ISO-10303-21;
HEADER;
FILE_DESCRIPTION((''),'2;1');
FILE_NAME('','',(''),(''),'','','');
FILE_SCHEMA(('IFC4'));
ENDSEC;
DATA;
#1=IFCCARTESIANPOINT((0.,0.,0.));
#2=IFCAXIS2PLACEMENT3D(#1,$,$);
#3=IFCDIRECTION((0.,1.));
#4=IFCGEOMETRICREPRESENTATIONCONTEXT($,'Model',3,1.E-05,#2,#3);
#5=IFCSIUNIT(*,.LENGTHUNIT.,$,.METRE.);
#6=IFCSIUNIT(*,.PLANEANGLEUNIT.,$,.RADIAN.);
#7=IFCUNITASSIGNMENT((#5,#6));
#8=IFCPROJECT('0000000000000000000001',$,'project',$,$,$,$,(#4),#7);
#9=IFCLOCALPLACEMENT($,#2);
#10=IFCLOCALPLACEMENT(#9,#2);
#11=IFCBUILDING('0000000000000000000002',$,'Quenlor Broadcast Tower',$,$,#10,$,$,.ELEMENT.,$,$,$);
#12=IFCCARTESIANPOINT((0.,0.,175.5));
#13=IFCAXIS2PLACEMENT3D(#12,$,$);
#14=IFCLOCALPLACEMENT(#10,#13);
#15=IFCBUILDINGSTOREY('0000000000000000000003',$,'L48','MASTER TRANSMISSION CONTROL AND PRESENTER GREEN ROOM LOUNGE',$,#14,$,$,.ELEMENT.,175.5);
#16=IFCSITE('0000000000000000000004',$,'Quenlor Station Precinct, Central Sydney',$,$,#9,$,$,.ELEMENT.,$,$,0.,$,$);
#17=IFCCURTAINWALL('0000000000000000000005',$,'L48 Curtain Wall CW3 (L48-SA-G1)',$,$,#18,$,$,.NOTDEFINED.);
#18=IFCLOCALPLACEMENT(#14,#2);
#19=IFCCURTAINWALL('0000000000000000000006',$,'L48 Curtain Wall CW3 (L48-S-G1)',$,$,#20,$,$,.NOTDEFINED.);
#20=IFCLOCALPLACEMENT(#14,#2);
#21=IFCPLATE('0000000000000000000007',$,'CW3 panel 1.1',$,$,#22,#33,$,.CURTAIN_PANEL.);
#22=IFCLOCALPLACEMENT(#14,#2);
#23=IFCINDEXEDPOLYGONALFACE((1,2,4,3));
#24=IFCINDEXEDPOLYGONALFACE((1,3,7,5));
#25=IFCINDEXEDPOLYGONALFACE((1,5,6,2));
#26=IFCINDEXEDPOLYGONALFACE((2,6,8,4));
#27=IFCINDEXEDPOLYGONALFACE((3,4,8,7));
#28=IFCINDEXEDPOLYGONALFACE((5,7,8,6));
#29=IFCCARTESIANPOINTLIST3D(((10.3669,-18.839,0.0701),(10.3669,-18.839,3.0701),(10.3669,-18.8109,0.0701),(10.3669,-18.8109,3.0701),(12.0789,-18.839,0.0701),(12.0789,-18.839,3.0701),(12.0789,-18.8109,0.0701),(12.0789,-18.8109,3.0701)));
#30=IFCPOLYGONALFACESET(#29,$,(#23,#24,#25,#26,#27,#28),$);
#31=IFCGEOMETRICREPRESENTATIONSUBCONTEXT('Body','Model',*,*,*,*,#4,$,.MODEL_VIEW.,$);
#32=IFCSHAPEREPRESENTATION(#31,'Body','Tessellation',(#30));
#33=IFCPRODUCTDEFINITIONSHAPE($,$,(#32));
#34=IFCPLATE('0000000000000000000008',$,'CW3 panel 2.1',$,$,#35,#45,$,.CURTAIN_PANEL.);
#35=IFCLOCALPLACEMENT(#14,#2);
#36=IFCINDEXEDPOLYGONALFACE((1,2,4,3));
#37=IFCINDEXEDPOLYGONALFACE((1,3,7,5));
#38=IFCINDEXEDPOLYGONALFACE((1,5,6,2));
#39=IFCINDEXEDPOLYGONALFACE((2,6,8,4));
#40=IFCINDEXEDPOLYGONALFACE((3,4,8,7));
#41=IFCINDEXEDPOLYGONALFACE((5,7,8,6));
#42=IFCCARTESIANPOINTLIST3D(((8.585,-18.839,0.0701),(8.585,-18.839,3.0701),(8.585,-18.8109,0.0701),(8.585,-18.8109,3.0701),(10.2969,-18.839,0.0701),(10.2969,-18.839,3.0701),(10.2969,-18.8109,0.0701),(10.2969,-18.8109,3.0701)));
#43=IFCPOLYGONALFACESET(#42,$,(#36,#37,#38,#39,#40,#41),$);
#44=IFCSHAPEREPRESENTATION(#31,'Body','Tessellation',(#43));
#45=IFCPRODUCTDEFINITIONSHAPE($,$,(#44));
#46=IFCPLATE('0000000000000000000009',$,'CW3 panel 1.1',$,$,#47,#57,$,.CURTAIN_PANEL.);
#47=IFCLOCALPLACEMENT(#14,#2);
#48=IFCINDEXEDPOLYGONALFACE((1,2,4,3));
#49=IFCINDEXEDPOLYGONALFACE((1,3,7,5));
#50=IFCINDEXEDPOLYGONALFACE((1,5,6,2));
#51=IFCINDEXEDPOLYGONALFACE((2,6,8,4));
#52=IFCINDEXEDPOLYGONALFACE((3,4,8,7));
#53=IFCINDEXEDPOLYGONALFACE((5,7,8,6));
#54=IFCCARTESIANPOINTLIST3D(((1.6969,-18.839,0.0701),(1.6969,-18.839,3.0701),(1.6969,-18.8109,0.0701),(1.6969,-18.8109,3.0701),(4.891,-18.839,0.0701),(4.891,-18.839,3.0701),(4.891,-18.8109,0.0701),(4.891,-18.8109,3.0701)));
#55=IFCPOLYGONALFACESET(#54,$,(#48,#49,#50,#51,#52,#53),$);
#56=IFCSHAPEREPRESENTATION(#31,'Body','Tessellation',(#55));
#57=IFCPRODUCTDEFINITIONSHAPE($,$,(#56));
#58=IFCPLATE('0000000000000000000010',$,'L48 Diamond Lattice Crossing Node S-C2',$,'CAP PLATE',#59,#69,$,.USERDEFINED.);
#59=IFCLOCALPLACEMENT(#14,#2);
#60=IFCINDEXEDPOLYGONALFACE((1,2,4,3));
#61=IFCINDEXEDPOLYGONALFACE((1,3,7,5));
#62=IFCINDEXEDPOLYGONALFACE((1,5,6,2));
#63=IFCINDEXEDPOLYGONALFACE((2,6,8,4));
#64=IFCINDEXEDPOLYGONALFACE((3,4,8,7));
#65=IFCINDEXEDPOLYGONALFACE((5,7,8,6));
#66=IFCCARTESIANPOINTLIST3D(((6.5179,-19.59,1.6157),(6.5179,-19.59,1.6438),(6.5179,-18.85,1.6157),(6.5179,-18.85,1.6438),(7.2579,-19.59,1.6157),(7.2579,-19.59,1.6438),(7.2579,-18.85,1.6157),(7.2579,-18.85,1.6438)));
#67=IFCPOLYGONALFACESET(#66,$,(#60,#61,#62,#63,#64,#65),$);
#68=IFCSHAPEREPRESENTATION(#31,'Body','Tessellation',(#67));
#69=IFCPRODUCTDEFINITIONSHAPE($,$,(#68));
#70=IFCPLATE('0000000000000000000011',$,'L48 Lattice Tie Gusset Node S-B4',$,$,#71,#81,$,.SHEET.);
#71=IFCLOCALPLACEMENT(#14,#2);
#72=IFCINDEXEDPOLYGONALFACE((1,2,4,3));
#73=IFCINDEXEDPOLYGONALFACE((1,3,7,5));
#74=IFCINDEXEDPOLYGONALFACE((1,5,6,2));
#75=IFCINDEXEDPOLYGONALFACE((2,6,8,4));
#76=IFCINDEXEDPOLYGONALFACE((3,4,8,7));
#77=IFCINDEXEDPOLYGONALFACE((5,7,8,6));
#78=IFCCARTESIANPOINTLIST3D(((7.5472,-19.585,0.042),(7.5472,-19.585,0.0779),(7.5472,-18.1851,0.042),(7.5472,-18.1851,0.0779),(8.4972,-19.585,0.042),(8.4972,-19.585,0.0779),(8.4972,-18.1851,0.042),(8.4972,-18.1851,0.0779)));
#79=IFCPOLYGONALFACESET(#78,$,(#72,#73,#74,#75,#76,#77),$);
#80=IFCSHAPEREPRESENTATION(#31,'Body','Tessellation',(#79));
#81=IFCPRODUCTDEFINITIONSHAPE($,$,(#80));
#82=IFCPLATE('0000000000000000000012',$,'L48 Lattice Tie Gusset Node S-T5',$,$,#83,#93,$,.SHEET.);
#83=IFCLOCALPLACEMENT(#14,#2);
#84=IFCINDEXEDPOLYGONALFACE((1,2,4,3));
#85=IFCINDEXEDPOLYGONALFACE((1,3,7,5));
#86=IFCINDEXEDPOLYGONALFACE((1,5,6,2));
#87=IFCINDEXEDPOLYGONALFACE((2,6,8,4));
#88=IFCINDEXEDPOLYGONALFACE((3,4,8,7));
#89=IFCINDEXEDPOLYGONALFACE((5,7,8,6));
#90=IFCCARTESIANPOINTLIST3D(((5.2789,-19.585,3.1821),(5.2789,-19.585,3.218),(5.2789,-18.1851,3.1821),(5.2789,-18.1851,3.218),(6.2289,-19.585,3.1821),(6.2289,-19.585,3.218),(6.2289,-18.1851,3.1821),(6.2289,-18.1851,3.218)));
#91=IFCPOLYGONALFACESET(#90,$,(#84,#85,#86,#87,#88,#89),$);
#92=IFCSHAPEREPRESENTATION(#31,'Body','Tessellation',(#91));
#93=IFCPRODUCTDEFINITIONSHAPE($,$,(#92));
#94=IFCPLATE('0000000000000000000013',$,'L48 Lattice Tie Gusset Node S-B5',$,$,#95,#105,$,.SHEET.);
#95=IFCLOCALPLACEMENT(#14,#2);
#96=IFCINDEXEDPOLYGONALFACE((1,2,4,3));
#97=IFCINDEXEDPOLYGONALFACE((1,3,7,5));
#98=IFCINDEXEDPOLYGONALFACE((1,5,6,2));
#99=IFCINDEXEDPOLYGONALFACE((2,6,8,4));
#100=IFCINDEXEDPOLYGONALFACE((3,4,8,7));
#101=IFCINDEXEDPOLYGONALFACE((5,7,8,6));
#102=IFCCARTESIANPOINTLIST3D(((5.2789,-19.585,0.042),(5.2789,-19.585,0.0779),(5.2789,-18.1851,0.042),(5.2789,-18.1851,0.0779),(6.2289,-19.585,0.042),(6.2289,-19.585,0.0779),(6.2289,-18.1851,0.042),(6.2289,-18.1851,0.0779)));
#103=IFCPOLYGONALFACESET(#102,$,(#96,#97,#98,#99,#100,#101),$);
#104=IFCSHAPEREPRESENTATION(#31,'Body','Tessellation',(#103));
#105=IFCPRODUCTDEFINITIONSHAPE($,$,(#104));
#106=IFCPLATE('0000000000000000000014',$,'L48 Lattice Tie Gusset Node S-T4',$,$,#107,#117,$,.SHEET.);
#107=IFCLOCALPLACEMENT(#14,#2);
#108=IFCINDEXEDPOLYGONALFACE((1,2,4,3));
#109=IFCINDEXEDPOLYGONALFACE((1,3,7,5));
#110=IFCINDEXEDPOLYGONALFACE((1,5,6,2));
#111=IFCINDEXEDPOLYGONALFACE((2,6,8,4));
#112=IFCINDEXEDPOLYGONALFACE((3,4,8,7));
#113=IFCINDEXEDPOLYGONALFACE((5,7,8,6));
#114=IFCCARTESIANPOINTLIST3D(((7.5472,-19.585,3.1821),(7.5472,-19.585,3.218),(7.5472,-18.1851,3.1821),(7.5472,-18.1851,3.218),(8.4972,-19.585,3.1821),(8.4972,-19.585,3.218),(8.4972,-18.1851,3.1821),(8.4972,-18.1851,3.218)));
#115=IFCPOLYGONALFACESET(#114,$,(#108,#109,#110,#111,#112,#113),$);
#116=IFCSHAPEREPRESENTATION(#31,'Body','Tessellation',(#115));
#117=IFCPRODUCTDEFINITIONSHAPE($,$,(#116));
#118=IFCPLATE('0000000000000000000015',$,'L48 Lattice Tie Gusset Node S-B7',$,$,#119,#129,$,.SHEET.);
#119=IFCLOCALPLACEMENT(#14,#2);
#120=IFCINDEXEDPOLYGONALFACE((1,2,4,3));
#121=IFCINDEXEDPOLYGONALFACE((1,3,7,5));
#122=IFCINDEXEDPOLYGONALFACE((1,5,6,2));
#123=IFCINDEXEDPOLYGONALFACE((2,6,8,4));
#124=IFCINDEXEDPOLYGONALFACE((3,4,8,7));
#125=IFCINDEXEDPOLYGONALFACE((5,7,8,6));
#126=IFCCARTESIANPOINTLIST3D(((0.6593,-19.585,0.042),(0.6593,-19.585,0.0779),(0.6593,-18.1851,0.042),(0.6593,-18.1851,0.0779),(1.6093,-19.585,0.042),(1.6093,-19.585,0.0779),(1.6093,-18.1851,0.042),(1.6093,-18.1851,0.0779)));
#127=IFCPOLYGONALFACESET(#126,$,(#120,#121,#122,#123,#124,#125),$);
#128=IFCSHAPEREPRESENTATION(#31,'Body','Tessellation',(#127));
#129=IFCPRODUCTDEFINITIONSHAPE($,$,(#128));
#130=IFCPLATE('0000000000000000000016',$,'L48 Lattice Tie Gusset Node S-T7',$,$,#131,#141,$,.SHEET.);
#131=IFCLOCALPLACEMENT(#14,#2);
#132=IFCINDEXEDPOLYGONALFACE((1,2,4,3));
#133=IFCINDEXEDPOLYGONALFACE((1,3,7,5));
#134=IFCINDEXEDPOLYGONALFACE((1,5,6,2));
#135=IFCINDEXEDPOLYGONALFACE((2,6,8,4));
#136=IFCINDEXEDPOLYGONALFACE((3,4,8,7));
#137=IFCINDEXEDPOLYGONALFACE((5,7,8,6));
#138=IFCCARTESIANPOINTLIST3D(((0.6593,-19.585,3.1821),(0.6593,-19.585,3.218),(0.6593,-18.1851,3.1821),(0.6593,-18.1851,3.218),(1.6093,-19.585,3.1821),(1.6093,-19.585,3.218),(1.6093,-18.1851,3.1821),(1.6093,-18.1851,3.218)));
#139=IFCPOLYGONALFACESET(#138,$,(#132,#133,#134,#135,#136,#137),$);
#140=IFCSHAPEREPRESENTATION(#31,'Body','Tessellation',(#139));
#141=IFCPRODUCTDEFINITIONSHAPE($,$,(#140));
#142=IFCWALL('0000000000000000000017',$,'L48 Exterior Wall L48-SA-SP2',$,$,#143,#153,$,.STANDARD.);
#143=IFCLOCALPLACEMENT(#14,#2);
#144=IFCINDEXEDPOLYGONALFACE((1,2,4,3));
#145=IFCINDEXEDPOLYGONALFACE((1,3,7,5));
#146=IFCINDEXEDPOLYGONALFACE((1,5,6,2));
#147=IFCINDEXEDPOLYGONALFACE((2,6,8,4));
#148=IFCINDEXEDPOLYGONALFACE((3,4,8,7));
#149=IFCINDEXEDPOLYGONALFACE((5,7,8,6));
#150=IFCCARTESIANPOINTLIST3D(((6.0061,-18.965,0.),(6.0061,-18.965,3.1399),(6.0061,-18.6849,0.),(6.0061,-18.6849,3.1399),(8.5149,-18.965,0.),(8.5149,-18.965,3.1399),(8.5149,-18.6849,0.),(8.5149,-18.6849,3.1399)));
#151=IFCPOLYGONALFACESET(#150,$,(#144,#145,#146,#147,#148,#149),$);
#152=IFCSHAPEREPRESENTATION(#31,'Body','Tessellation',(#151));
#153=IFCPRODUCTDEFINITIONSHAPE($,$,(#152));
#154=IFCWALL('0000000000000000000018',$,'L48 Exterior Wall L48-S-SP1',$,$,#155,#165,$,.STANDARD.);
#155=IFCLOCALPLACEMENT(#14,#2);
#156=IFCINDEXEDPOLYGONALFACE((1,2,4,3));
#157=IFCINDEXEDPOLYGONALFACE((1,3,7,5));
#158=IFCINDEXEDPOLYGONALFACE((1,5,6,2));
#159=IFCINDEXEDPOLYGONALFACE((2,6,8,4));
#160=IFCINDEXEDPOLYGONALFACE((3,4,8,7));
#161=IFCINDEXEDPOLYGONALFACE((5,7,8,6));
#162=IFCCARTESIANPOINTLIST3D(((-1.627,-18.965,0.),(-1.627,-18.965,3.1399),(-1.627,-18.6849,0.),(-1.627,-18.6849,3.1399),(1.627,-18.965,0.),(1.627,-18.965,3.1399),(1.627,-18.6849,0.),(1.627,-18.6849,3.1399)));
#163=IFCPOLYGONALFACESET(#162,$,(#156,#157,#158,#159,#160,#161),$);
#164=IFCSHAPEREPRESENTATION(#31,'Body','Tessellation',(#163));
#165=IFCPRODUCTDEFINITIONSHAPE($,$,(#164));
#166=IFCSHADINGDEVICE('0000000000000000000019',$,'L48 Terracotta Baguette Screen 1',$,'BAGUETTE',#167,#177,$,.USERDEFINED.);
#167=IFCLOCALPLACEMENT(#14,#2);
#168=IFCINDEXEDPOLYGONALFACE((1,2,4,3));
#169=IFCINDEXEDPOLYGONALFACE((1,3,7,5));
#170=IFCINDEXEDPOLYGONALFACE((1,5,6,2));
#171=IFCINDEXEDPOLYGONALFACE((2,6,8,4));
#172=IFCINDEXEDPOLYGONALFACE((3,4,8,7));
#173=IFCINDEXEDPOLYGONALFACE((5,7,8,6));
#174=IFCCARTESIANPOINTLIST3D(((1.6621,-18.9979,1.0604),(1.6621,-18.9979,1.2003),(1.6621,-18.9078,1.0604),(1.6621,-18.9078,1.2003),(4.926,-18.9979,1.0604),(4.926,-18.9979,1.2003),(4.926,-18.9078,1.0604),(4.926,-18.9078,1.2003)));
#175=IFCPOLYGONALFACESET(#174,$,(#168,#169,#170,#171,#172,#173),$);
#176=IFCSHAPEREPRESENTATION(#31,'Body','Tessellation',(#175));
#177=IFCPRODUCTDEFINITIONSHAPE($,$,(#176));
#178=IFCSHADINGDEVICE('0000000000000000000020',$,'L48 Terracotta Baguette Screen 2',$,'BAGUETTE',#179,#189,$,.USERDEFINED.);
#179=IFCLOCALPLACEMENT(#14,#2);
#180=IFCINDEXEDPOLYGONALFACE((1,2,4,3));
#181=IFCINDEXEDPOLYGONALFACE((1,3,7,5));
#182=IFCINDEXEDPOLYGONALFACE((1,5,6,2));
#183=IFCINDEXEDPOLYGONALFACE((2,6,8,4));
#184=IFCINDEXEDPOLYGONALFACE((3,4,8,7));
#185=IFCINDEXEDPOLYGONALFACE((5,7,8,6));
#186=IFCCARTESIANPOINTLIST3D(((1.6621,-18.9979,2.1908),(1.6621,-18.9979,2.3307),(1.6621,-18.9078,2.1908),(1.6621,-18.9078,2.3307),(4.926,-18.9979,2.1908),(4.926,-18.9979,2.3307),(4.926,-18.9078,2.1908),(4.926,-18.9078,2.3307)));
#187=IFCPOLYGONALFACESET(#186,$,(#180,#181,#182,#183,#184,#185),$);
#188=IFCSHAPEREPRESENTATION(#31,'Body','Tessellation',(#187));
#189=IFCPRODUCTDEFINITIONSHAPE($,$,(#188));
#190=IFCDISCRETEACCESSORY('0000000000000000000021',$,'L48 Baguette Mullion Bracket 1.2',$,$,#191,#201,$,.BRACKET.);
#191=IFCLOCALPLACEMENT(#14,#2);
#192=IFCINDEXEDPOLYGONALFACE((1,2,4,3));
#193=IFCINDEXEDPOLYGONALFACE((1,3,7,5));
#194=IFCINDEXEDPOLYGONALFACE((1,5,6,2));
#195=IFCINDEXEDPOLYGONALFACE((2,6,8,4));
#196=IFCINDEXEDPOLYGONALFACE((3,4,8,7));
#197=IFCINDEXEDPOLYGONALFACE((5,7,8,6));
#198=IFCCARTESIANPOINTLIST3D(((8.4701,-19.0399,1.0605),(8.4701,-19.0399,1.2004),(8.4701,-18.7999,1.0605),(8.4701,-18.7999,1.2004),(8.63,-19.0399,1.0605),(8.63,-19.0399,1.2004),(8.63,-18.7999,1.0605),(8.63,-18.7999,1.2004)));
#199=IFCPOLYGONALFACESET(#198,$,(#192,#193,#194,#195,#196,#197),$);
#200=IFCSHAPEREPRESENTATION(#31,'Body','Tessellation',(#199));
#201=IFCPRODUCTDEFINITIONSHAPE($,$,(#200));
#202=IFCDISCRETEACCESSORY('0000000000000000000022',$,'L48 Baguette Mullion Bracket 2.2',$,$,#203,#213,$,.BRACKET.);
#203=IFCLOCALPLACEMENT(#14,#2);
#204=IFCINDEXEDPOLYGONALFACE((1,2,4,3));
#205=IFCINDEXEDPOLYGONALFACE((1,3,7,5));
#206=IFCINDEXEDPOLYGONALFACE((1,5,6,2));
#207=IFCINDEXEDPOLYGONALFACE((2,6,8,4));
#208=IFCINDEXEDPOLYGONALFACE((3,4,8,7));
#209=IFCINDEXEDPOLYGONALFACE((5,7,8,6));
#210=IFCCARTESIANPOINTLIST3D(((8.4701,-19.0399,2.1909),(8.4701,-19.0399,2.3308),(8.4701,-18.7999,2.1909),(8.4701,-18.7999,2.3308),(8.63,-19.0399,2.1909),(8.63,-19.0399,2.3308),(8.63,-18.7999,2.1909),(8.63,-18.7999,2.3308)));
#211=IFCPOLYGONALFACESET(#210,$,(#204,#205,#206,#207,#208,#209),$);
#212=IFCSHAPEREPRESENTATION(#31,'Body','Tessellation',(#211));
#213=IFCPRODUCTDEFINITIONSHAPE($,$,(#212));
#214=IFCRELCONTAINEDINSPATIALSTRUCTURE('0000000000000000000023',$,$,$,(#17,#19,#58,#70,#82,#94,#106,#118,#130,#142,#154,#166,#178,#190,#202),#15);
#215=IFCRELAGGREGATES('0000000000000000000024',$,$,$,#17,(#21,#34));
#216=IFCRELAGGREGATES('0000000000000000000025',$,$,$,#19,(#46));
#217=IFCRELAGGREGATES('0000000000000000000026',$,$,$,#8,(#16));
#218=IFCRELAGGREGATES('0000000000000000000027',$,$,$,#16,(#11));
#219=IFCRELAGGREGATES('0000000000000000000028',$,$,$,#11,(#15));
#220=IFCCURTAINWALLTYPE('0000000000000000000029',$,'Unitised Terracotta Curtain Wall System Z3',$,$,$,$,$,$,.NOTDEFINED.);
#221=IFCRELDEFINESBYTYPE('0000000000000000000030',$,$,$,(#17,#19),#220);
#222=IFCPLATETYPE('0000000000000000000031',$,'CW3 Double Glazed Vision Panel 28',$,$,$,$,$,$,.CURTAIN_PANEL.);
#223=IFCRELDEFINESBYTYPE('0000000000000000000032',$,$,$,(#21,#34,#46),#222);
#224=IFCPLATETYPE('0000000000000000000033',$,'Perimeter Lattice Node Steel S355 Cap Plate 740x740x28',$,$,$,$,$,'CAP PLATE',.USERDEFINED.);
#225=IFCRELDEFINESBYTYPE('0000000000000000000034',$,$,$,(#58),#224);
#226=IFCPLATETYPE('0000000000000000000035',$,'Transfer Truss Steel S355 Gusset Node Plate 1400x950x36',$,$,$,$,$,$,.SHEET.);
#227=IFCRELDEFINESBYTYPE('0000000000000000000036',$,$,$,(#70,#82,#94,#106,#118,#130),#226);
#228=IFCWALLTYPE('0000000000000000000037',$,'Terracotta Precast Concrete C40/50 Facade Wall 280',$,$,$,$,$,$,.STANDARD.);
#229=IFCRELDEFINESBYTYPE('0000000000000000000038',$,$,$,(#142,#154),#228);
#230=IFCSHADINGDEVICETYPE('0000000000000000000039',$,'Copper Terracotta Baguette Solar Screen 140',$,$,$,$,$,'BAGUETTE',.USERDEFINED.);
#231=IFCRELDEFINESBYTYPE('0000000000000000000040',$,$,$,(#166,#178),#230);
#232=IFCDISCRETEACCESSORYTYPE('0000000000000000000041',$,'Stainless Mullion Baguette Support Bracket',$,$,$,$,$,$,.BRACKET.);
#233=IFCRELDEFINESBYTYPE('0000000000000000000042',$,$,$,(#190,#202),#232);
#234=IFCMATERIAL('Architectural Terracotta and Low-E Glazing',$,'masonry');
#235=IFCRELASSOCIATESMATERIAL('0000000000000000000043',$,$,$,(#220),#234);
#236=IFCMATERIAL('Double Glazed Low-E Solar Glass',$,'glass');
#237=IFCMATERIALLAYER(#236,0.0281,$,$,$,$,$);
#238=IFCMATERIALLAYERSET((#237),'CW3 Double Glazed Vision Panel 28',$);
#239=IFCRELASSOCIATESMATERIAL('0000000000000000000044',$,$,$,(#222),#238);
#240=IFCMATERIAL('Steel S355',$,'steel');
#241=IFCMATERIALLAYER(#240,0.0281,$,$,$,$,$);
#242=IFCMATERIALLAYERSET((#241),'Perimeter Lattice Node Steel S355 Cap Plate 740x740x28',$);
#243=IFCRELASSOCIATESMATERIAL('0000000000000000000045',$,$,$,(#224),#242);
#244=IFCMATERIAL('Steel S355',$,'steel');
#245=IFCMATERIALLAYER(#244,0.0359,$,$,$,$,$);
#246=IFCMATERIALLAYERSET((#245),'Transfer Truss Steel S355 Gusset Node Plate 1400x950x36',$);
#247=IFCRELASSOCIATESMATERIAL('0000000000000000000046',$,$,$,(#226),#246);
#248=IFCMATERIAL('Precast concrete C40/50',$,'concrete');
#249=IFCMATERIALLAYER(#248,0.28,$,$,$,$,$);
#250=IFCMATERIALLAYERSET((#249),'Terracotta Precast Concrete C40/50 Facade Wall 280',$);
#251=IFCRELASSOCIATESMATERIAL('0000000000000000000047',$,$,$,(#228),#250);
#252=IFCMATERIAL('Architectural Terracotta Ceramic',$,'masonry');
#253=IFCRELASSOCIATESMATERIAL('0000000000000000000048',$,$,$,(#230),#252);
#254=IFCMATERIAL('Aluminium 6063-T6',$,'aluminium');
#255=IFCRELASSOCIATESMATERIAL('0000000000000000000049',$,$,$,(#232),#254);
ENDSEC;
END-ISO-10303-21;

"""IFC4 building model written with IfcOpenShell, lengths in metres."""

from ifc_helpers import new_model, si_unit, direction, frame, frame_2d, origin, origin_2d, place, context, subcontext, project, spatial, rectangle, extrude, material, layer, layer_set, material_profile, profile_set, type_object, element, aggregate, save


model = new_model("IFC4")

# Units and contexts
model_context = context("Model", 3, precision=1e-05, world=origin(), true_north=direction((0.0, 1.0)))
body_context = subcontext(model_context, "Body", "Model", "MODEL_VIEW")
ifc_project = project(units=[si_unit("LENGTHUNIT", "METRE"), si_unit("PLANEANGLEUNIT", "RADIAN")], contexts=[model_context])

# Site, building, storey
site_placement = place(None, origin())
site = spatial("IfcSite", under=ifc_project, at=site_placement, Name="Quenlor Station Precinct, Central Sydney", CompositionType="ELEMENT", RefElevation=0.0)
building_placement = place(site_placement, origin())
building = spatial("IfcBuilding", under=site, at=building_placement, Name="Quenlor Broadcast Tower", CompositionType="ELEMENT")
storey_placement = place(building_placement, frame((0.0, 0.0, 175.5)))
storey = spatial("IfcBuildingStorey", under=building, at=storey_placement, Name="L48", Description="MASTER TRANSMISSION CONTROL AND PRESENTER GREEN ROOM LOUNGE", CompositionType="ELEMENT", Elevation=175.5)

# Curtain walls
ifc_material_1 = material(Name="Architectural Terracotta and Low-E Glazing", Category="masonry")
curtain_wall_type = type_object("IfcCurtainWallType", Name="Unitised Terracotta Curtain Wall System Z3", PredefinedType="NOTDEFINED", material=ifc_material_1)
curtain_wall_1_placement = place(storey_placement, origin())
curtain_wall_1 = element("IfcCurtainWall", 1, at=curtain_wall_1_placement, inside=storey, type_object=curtain_wall_type, Name="L48 Curtain Wall CW3 (L48-SA-G1)", PredefinedType="NOTDEFINED")
curtain_wall_2_placement = place(storey_placement, origin())
curtain_wall_2 = element("IfcCurtainWall", 2, at=curtain_wall_2_placement, inside=storey, type_object=curtain_wall_type, Name="L48 Curtain Wall CW3 (L48-S-G1)", PredefinedType="NOTDEFINED")

# Plates
ifc_material_2 = material(Name="Double Glazed Low-E Solar Glass", Category="glass")
ifc_layer_1 = layer(ifc_material_2, 0.0281)
ifc_layer_set_1 = layer_set([ifc_layer_1], Name="CW3 Double Glazed Vision Panel 28")
plate_type_1 = type_object("IfcPlateType", Name="CW3 Double Glazed Vision Panel 28", PredefinedType="CURTAIN_PANEL", material=ifc_layer_set_1)
plate_1_placement = place(storey_placement, frame((11.2229, -18.825, 0.0701), z_axis=(0.0, 0.0, 1.0), x_axis=(-1.0, 0.0, 0.0)))
plate_1 = element("IfcPlate", 3, at=plate_1_placement, type_object=plate_type_1, Name="CW3 panel 1.1", PredefinedType="CURTAIN_PANEL", context=body_context, shape_type="SweptSolid", body=[
    extrude(rectangle(XDim=1.7119, YDim=0.0281, at=origin_2d()), origin(), (0.0, 0.0, 1.0), 3.0),
])
plate_2_placement = place(storey_placement, frame((9.4409, -18.825, 0.0701), z_axis=(0.0, 0.0, 1.0), x_axis=(-1.0, 0.0, 0.0)))
plate_2 = element("IfcPlate", 4, at=plate_2_placement, type_object=plate_type_1, Name="CW3 panel 2.1", PredefinedType="CURTAIN_PANEL", context=body_context, shape_type="SweptSolid", body=[
    extrude(rectangle(XDim=1.7119, YDim=0.0281, at=origin_2d()), origin(), (0.0, 0.0, 1.0), 3.0),
])
aggregate(curtain_wall_1, [plate_1, plate_2])
plate_3_placement = place(storey_placement, frame((3.2939, -18.825, 0.0701), z_axis=(0.0, 0.0, 1.0), x_axis=(-1.0, 0.0, 0.0)))
plate_3 = element("IfcPlate", 5, at=plate_3_placement, type_object=plate_type_1, Name="CW3 panel 1.1", PredefinedType="CURTAIN_PANEL", context=body_context, shape_type="SweptSolid", body=[
    extrude(rectangle(XDim=3.1941, YDim=0.0281, at=origin_2d()), origin(), (0.0, 0.0, 1.0), 3.0),
])
aggregate(curtain_wall_2, [plate_3])

# Plates
ifc_material_3 = material(Name="Steel S355", Category="steel")
ifc_layer_2 = layer(ifc_material_3, 0.0281)
ifc_layer_set_2 = layer_set([ifc_layer_2], Name="Perimeter Lattice Node Steel S355 Cap Plate 740x740x28")
plate_type_2 = type_object("IfcPlateType", Name="Perimeter Lattice Node Steel S355 Cap Plate 740x740x28", ElementType="CAP PLATE", PredefinedType="USERDEFINED", material=ifc_layer_set_2)
plate_4_placement = place(storey_placement, frame((6.8879, -19.22, 1.6157), z_axis=(0.0, 0.0, 1.0), x_axis=(-1.0, 0.0, 0.0)))
element("IfcPlate", 6, at=plate_4_placement, inside=storey, type_object=plate_type_2, Name="L48 Diamond Lattice Crossing Node S-C2", ObjectType="CAP PLATE", PredefinedType="USERDEFINED", context=body_context, shape_type="SweptSolid", body=[
    extrude(rectangle(XDim=0.74, YDim=0.74, at=origin_2d()), origin(), (0.0, 0.0, 1.0), 0.0281),
])
ifc_material_4 = material(Name="Steel S355", Category="steel")
ifc_layer_3 = layer(ifc_material_4, 0.0359)
ifc_layer_set_3 = layer_set([ifc_layer_3], Name="Transfer Truss Steel S355 Gusset Node Plate 1400x950x36")
plate_type_3 = type_object("IfcPlateType", Name="Transfer Truss Steel S355 Gusset Node Plate 1400x950x36", PredefinedType="SHEET", material=ifc_layer_set_3)
for number, where, z_axis, x_axis, name in (
    (7, (8.0222, -18.885, 0.042), (0.0, 0.0, 1.0), (0.0, -1.0, 0.0), "L48 Lattice Tie Gusset Node S-B4"),
    (8, (5.7539, -18.885, 3.1821), (0.0, 0.0, 1.0), (0.0, -1.0, 0.0), "L48 Lattice Tie Gusset Node S-T5"),
    (9, (5.7539, -18.885, 0.042), (0.0, 0.0, 1.0), (0.0, -1.0, 0.0), "L48 Lattice Tie Gusset Node S-B5"),
    (10, (8.0222, -18.885, 3.1821), (0.0, 0.0, 1.0), (0.0, -1.0, 0.0), "L48 Lattice Tie Gusset Node S-T4"),
    (11, (1.1343, -18.885, 0.042), (0.0, 0.0, 1.0), (0.0, -1.0, 0.0), "L48 Lattice Tie Gusset Node S-B7"),
    (12, (1.1343, -18.885, 3.1821), (0.0, 0.0, 1.0), (0.0, -1.0, 0.0), "L48 Lattice Tie Gusset Node S-T7"),
):
    element("IfcPlate", number, at=place(storey_placement, frame(where, z_axis=z_axis, x_axis=x_axis)), inside=storey, type_object=plate_type_3, Name=name, PredefinedType="SHEET", context=body_context, shape_type="SweptSolid", body=[
        extrude(rectangle(XDim=1.3999, YDim=0.95, at=origin_2d()), origin(), (0.0, 0.0, 1.0), 0.0359),
    ])

# Walls
ifc_material_5 = material(Name="Precast concrete C40/50", Category="concrete")
ifc_layer_4 = layer(ifc_material_5, 0.28)
ifc_layer_set_4 = layer_set([ifc_layer_4], Name="Terracotta Precast Concrete C40/50 Facade Wall 280")
wall_type = type_object("IfcWallType", Name="Terracotta Precast Concrete C40/50 Facade Wall 280", PredefinedType="STANDARD", material=ifc_layer_set_4)
wall_1_placement = place(storey_placement, frame((8.5149, -18.825, 0.0), z_axis=(0.0, 0.0, 1.0), x_axis=(-1.0, 0.0, 0.0)))
element("IfcWall", 13, at=wall_1_placement, inside=storey, type_object=wall_type, Name="L48 Exterior Wall L48-SA-SP2", PredefinedType="STANDARD", context=body_context, shape_type="SweptSolid", body=[
    extrude(rectangle(XDim=2.5088, YDim=0.28, at=frame_2d((1.2544, 0.0))), origin(), (0.0, 0.0, 1.0), 3.1399),
])
wall_2_placement = place(storey_placement, frame((1.627, -18.825, 0.0), z_axis=(0.0, 0.0, 1.0), x_axis=(-1.0, 0.0, 0.0)))
element("IfcWall", 14, at=wall_2_placement, inside=storey, type_object=wall_type, Name="L48 Exterior Wall L48-S-SP1", PredefinedType="STANDARD", context=body_context, shape_type="SweptSolid", body=[
    extrude(rectangle(XDim=3.2539, YDim=0.28, at=frame_2d((1.627, 0.0))), origin(), (0.0, 0.0, 1.0), 3.1399),
])

# Shading devices
ifc_material_6 = material(Name="Architectural Terracotta Ceramic", Category="masonry")
ifc_material_profile_1 = material_profile(ifc_material_6, rectangle(XDim=0.0901, YDim=0.1399, at=origin_2d()))
ifc_profile_set_1 = profile_set([ifc_material_profile_1], Name="Architectural Terracotta Ceramic BAG90x140")
shading_device_type = type_object("IfcShadingDeviceType", Name="Copper Terracotta Baguette Solar Screen 140", ElementType="BAGUETTE", PredefinedType="USERDEFINED", material=ifc_profile_set_1)
for number, where, z_axis, x_axis, name in (
    (15, (4.926, -18.9529, 1.1304), (-1.0, 0.0, 0.0), (0.0, -1.0, 0.0), "L48 Terracotta Baguette Screen 1"),
    (16, (4.926, -18.9529, 2.2607), (-1.0, 0.0, 0.0), (0.0, -1.0, 0.0), "L48 Terracotta Baguette Screen 2"),
):
    element("IfcShadingDevice", number, at=place(storey_placement, frame(where, z_axis=z_axis, x_axis=x_axis)), inside=storey, type_object=shading_device_type, Name=name, ObjectType="BAGUETTE", PredefinedType="USERDEFINED", context=body_context, shape_type="SweptSolid", body=[
        extrude(rectangle(XDim=0.0901, YDim=0.1399, at=origin_2d()), origin(), (0.0, 0.0, 1.0), 3.2639),
    ])

# Discrete accessories
ifc_material_7 = material(Name="Aluminium 6063-T6", Category="aluminium")
discrete_accessory_type = type_object("IfcDiscreteAccessoryType", Name="Stainless Mullion Baguette Support Bracket", PredefinedType="BRACKET", material=ifc_material_7)
for number, where, z_axis, x_axis, name in (
    (17, (8.55, -18.9199, 1.0605), (0.0, 0.0, 1.0), (-1.0, 0.0, 0.0), "L48 Baguette Mullion Bracket 1.2"),
    (18, (8.55, -18.9199, 2.1909), (0.0, 0.0, 1.0), (-1.0, 0.0, 0.0), "L48 Baguette Mullion Bracket 2.2"),
):
    element("IfcDiscreteAccessory", number, at=place(storey_placement, frame(where, z_axis=z_axis, x_axis=x_axis)), inside=storey, type_object=discrete_accessory_type, Name=name, PredefinedType="BRACKET", context=body_context, shape_type="SweptSolid", body=[
        extrude(rectangle(XDim=0.1599, YDim=0.24, at=origin_2d()), origin(), (0.0, 0.0, 1.0), 0.1399),
    ])

save(model, "model.ifc")
